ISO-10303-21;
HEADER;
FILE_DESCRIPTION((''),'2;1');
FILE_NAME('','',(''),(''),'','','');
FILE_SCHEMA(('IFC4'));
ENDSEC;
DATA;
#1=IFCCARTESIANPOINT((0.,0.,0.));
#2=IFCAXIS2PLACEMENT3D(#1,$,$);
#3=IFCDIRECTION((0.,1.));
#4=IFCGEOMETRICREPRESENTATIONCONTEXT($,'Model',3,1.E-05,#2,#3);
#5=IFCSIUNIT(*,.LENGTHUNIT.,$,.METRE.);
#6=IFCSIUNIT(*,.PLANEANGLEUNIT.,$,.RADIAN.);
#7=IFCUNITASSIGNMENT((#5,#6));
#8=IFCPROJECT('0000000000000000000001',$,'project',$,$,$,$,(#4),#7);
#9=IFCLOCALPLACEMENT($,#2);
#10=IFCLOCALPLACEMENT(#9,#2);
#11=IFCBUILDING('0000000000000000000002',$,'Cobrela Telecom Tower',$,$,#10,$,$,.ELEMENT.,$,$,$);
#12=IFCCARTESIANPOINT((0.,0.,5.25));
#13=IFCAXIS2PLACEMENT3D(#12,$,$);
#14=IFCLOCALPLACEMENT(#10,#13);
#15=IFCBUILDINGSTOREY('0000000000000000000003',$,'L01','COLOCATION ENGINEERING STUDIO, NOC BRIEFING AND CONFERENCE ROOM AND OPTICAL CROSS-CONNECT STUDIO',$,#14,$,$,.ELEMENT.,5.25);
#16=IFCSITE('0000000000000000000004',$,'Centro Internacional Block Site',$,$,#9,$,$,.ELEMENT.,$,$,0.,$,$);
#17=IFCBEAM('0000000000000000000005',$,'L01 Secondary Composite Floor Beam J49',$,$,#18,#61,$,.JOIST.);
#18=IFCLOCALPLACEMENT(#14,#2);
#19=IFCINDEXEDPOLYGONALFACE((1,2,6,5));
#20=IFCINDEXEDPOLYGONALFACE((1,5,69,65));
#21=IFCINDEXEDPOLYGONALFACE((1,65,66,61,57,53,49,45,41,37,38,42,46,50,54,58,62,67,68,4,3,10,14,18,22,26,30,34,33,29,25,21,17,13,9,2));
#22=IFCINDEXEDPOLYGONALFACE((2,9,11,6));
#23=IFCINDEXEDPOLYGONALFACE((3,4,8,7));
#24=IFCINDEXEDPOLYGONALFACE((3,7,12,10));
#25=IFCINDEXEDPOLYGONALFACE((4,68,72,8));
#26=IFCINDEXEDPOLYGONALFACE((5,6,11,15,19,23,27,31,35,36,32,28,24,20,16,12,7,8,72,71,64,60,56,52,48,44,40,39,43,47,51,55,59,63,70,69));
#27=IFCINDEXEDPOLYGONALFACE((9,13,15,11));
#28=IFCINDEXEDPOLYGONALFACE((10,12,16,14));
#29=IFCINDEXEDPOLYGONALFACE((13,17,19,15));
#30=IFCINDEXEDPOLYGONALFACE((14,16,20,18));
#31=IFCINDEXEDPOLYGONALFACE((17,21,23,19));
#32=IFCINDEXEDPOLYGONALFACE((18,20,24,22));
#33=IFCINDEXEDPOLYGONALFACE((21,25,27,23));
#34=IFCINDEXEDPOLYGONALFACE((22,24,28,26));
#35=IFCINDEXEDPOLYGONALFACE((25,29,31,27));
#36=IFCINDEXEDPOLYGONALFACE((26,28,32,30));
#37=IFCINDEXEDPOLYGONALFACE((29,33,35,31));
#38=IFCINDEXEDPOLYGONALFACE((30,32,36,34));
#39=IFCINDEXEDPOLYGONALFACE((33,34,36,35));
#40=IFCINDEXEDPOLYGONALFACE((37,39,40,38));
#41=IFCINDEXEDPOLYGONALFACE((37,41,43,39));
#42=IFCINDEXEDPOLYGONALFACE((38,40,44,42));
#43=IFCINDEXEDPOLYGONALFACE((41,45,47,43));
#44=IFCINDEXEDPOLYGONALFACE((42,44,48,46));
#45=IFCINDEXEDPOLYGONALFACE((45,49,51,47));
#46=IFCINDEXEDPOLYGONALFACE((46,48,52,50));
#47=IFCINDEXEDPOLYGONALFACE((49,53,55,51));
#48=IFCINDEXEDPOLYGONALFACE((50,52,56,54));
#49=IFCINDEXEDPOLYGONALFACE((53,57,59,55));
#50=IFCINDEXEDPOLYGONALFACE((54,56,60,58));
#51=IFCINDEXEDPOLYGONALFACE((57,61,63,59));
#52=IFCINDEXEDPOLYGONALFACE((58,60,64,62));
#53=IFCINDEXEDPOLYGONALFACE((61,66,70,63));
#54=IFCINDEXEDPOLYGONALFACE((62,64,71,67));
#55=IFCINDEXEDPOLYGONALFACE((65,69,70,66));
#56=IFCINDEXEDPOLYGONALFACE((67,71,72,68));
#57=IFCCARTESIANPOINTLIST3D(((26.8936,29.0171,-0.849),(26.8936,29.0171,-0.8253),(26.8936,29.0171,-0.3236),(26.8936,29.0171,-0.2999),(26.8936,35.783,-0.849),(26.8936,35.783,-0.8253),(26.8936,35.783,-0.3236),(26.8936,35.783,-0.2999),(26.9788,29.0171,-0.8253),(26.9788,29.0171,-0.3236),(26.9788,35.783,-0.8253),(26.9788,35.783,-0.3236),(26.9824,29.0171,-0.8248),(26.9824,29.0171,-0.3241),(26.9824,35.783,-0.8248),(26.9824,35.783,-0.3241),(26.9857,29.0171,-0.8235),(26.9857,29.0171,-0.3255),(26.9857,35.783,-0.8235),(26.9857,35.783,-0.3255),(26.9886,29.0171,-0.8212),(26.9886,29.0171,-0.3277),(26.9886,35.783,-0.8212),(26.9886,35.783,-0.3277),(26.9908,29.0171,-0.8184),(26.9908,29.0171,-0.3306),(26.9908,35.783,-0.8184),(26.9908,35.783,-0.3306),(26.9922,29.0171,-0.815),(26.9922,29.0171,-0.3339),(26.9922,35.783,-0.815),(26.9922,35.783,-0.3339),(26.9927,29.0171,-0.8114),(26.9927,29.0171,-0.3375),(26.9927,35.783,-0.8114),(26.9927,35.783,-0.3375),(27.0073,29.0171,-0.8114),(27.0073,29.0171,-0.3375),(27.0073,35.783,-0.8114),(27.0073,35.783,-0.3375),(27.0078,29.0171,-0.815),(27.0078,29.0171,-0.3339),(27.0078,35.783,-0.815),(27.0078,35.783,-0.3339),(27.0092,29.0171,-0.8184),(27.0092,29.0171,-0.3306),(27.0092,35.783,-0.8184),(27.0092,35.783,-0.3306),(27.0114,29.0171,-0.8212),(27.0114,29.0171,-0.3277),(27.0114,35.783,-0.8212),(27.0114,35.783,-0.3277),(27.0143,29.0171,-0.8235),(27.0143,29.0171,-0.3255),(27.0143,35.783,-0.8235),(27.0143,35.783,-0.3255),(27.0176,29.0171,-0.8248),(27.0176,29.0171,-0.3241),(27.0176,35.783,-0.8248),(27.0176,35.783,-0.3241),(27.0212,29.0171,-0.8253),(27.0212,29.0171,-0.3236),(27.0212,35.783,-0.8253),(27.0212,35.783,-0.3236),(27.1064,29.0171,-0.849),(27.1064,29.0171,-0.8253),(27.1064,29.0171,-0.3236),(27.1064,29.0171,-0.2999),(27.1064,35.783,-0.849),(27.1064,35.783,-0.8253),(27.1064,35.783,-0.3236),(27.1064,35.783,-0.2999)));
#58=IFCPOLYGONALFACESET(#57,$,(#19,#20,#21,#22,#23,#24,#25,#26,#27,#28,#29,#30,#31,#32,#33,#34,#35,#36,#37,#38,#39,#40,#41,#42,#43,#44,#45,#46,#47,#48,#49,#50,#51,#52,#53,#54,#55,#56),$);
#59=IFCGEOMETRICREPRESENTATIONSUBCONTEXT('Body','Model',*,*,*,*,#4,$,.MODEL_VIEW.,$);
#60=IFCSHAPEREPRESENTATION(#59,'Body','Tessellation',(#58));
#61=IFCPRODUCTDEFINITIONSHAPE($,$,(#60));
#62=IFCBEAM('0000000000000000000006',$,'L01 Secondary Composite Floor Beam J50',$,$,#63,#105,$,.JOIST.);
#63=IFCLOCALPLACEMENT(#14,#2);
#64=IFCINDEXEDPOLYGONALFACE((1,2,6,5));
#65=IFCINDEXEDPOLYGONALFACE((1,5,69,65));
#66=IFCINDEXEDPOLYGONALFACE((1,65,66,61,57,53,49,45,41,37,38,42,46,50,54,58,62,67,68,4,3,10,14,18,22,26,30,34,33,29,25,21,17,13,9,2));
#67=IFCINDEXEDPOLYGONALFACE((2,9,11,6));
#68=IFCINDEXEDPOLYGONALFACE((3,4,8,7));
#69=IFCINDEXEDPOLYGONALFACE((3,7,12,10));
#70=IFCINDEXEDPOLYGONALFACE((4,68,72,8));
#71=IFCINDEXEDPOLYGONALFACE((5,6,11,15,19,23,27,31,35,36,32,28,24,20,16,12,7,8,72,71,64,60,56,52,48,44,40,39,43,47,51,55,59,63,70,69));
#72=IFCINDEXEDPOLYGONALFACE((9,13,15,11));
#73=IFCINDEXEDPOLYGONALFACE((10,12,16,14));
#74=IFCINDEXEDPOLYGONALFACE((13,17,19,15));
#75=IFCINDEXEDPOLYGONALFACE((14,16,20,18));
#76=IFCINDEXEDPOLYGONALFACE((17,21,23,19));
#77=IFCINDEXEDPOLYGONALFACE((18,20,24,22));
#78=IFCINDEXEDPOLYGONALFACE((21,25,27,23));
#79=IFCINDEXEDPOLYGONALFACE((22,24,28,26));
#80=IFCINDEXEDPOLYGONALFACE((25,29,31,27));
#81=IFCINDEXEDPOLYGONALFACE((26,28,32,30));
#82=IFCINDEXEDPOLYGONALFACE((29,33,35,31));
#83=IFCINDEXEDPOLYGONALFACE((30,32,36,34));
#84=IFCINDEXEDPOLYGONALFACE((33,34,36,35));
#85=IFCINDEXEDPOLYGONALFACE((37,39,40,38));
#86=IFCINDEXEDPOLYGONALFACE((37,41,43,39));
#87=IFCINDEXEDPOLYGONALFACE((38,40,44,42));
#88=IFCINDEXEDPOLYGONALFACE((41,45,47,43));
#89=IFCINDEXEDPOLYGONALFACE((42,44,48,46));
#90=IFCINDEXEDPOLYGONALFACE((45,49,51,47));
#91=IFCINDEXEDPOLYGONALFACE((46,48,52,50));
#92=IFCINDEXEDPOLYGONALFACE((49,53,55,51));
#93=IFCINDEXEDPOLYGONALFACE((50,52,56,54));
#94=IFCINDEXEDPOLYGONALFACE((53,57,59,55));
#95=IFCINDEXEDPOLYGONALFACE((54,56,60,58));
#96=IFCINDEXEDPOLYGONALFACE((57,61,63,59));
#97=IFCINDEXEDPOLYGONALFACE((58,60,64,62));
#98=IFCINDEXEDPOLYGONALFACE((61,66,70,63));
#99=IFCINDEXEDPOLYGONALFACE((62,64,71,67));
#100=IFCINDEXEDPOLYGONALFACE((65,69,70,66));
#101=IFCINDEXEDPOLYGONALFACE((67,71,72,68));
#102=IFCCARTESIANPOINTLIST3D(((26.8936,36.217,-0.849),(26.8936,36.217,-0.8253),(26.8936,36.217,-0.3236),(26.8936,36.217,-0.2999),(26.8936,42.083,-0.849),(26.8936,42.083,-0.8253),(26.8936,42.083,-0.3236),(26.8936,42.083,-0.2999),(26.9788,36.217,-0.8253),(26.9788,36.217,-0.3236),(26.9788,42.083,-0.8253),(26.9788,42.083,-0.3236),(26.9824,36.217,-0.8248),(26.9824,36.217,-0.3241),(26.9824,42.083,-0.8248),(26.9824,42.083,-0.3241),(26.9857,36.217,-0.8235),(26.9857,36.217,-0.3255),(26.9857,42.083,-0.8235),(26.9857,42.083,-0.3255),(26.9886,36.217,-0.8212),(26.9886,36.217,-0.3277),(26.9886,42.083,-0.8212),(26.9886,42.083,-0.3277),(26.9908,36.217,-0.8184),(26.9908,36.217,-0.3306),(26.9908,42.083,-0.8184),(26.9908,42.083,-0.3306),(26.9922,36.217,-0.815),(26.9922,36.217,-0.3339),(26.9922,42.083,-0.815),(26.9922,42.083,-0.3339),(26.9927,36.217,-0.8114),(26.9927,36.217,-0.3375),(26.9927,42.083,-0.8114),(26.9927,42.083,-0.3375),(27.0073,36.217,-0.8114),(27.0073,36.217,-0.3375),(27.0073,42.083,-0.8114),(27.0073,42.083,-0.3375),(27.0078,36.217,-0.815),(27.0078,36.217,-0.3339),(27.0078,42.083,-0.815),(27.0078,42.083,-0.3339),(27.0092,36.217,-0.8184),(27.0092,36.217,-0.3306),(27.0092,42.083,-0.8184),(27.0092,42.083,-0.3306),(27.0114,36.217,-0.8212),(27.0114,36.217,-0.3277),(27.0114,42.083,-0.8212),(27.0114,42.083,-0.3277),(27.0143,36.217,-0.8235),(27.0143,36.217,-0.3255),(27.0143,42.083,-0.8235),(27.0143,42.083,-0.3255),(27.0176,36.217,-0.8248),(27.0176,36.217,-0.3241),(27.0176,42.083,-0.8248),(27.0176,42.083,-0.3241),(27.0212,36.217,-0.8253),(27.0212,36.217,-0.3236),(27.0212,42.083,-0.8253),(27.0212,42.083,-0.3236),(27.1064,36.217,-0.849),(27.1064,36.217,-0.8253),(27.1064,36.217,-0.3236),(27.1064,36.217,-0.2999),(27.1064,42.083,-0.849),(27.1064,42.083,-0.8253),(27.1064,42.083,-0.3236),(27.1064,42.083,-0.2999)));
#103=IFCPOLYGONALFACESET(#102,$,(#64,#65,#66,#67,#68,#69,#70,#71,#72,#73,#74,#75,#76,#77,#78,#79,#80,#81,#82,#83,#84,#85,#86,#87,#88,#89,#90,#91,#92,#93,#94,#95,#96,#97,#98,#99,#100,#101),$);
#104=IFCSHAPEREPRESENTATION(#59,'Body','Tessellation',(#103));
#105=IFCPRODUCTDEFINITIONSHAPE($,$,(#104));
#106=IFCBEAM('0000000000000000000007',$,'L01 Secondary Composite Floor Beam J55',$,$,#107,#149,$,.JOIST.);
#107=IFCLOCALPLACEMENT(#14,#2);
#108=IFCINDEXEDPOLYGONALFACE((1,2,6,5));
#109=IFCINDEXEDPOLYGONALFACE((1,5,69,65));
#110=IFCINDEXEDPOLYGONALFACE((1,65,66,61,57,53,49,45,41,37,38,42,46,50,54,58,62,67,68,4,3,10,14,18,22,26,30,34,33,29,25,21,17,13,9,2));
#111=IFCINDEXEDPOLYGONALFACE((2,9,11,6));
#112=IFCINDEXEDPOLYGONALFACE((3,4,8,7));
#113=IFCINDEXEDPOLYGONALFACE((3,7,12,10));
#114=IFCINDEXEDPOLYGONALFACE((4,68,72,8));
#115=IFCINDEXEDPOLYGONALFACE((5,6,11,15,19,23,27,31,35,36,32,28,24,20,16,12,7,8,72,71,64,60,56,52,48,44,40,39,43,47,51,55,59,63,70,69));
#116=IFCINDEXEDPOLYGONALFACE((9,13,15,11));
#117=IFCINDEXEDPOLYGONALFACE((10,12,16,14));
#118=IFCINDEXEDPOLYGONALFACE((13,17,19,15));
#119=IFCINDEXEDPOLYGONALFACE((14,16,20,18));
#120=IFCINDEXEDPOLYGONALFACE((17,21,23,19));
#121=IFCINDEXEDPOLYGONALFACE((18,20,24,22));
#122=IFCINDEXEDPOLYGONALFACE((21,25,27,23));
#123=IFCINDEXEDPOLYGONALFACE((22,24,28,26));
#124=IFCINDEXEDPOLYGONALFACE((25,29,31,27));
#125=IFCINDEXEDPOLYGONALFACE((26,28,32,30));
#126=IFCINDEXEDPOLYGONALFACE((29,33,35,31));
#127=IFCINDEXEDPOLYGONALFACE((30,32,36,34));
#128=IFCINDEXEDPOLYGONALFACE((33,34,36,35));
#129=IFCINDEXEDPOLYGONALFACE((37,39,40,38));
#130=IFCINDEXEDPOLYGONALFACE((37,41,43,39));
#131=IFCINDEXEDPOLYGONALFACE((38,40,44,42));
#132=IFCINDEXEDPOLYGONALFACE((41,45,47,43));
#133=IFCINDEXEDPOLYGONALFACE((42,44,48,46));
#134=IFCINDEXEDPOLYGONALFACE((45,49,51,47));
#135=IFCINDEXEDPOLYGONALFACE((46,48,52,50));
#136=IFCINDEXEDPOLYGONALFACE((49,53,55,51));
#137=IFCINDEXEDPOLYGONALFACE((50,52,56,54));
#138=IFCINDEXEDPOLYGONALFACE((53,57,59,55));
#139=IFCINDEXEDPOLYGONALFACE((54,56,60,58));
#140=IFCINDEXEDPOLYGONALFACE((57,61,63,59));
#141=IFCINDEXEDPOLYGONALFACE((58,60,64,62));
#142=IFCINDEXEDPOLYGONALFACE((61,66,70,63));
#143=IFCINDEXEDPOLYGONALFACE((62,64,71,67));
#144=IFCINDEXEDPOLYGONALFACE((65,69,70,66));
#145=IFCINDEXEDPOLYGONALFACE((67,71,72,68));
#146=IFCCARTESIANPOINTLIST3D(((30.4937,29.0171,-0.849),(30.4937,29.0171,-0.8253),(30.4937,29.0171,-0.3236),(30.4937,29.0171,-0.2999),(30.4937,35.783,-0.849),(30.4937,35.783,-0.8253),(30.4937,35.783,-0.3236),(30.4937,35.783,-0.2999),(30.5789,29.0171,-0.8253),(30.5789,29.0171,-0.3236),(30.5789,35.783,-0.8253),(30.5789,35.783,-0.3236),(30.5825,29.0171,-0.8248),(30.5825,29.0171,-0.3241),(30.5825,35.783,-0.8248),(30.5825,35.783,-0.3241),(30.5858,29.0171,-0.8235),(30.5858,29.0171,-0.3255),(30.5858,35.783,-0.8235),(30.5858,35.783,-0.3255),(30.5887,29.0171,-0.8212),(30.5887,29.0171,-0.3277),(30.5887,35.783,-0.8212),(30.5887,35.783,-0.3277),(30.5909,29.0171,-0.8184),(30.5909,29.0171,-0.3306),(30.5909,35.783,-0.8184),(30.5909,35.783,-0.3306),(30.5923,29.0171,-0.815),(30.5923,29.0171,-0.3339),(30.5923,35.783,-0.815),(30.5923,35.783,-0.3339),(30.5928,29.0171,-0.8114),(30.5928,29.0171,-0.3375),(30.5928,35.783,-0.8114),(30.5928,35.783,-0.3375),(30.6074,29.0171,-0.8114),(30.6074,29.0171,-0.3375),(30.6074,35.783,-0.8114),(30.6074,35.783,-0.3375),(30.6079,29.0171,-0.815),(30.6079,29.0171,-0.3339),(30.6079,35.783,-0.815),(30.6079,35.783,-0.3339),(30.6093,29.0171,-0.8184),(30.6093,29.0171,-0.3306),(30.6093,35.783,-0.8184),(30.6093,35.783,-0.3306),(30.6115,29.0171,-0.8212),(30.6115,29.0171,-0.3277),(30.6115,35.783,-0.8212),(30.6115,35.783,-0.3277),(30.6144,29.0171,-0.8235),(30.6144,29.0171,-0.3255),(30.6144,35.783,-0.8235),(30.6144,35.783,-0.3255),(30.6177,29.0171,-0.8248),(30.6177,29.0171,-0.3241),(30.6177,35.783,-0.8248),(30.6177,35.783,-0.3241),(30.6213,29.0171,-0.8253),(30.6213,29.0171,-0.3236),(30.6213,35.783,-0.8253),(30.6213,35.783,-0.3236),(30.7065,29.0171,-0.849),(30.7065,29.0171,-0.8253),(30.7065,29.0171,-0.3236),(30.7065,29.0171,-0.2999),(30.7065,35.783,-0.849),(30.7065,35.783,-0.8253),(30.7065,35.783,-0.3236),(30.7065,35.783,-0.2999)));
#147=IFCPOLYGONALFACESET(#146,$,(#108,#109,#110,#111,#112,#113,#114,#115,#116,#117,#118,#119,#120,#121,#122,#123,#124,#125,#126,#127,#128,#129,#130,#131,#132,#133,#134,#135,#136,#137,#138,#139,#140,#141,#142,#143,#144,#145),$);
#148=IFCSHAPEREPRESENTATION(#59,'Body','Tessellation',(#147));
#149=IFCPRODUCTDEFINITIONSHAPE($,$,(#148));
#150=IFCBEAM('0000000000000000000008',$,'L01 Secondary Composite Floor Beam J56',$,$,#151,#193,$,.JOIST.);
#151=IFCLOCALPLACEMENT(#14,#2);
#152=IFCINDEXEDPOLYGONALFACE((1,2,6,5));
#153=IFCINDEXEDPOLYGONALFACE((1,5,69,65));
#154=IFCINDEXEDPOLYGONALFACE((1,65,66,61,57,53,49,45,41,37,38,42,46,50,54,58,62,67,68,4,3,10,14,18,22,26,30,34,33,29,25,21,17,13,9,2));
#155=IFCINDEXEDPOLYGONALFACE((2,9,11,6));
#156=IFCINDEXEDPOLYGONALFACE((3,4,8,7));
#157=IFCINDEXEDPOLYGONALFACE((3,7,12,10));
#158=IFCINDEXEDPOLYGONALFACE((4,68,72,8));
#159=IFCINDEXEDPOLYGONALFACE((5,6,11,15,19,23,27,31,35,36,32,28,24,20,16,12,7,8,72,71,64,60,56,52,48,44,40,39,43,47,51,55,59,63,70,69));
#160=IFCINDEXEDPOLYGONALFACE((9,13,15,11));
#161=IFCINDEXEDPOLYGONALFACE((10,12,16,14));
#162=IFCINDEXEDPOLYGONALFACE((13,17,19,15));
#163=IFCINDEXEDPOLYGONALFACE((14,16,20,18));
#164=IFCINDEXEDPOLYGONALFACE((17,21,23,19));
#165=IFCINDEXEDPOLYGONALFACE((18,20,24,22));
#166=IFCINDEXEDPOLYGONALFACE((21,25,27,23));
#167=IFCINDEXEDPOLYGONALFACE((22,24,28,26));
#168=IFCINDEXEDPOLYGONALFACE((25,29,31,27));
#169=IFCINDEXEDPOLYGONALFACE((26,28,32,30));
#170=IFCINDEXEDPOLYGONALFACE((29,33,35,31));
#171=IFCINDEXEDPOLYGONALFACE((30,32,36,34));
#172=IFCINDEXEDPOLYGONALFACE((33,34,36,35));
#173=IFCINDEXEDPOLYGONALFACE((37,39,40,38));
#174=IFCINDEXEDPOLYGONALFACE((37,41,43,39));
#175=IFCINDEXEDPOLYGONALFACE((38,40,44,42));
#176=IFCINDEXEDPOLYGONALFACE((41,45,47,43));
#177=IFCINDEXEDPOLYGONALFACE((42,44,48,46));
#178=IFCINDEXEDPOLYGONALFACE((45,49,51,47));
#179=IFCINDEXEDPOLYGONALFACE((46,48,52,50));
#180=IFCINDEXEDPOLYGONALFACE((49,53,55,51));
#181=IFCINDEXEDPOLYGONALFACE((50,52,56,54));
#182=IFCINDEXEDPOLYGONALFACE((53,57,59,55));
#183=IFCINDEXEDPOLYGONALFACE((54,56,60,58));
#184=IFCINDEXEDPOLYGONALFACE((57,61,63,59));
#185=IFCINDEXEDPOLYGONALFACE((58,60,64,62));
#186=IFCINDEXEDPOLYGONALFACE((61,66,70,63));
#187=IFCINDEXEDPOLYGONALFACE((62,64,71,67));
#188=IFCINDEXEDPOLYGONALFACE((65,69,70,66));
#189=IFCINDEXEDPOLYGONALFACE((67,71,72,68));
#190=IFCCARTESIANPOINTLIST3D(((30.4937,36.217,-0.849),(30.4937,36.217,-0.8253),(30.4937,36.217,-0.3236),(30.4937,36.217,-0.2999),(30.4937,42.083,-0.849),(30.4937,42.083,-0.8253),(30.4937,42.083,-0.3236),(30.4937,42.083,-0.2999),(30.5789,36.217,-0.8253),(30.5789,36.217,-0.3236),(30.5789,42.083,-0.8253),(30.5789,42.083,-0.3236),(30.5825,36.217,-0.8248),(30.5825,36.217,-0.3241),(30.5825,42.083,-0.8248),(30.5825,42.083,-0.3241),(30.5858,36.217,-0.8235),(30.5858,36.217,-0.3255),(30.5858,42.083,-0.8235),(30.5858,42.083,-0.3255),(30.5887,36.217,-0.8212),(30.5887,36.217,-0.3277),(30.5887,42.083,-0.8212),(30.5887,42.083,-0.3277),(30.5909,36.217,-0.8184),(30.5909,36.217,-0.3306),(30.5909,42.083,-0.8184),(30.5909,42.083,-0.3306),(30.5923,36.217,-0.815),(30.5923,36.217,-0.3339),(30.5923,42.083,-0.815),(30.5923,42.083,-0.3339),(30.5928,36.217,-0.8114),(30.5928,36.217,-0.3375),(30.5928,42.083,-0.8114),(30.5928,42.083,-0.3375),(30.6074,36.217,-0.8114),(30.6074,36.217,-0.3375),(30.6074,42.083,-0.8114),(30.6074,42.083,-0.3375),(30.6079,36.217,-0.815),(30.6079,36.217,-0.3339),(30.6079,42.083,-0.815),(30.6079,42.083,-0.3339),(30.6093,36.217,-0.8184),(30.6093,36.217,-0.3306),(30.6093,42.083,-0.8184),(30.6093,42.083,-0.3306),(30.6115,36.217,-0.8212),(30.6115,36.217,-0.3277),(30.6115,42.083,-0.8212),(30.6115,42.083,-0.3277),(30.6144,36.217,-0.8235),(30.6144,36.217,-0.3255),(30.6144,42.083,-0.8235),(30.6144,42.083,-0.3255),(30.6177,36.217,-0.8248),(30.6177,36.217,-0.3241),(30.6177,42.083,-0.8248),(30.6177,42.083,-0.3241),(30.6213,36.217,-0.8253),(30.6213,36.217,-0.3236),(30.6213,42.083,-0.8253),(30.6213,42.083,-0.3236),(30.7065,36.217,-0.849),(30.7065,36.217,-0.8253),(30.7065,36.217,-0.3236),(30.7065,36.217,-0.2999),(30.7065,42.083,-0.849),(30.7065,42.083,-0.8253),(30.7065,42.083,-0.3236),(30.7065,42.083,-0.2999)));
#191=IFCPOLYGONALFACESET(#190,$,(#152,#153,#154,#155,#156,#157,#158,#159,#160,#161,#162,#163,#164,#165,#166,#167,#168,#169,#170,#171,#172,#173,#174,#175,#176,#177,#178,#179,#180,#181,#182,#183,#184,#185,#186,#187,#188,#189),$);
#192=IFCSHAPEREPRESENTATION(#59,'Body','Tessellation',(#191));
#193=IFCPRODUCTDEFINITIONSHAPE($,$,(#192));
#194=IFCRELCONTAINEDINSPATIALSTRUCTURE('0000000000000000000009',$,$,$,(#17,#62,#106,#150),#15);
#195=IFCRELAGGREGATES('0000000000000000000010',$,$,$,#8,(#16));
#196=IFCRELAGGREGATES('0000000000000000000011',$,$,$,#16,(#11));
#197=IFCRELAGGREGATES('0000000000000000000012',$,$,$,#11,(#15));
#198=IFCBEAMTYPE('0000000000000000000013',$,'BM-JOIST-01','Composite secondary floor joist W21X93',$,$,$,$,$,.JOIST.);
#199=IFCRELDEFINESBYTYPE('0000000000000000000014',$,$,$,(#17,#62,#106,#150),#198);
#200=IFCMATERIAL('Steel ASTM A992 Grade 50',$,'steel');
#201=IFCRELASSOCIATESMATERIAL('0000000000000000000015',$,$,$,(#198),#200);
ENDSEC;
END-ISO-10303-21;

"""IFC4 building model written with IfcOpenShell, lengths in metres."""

from ifc_helpers import new_model, si_unit, direction, frame, origin, origin_2d, place, context, subcontext, project, spatial, i_section, extrude, material, material_profile, profile_set, type_object, element, save


model = new_model("IFC4")

# Units and contexts
model_context = context("Model", 3, precision=1e-05, world=origin(), true_north=direction((0.0, 1.0)))
body_context = subcontext(model_context, "Body", "Model", "MODEL_VIEW")
ifc_project = project(units=[si_unit("LENGTHUNIT", "METRE"), si_unit("PLANEANGLEUNIT", "RADIAN")], contexts=[model_context])

# Site, building, storey
site_placement = place(None, origin())
site = spatial("IfcSite", under=ifc_project, at=site_placement, Name="Centro Internacional Block Site", CompositionType="ELEMENT", RefElevation=0.0)
building_placement = place(site_placement, origin())
building = spatial("IfcBuilding", under=site, at=building_placement, Name="Cobrela Telecom Tower", CompositionType="ELEMENT")
storey_placement = place(building_placement, frame((0.0, 0.0, 5.25)))
storey = spatial("IfcBuildingStorey", under=building, at=storey_placement, Name="L01", Description="COLOCATION ENGINEERING STUDIO, NOC BRIEFING AND CONFERENCE ROOM AND OPTICAL CROSS-CONNECT STUDIO", CompositionType="ELEMENT", Elevation=5.25)

# Beams
ifc_material_1 = material(Name="Steel ASTM A992 Grade 50", Category="steel")
ifc_material_profile_1 = material_profile(ifc_material_1, i_section(OverallWidth=0.2129, OverallDepth=0.5491, WebThickness=0.0146, FlangeThickness=0.0237, FilletRadius=0.0139, at=origin_2d()), Name="W21X93")
ifc_profile_set_1 = profile_set([ifc_material_profile_1], Name="Steel ASTM A992 Grade 50")
beam_type_1 = type_object("IfcBeamType", Name="BM-JOIST-01", Description="Composite secondary floor joist W21X93", PredefinedType="JOIST", material=ifc_profile_set_1)
for number, where, z_axis, x_axis, name in (
    (1, (27.0, 29.0171, -0.5745), (0.0, 1.0, 0.0), (-1.0, 0.0, 0.0), "L01 Secondary Composite Floor Beam J49"),
):
    element("IfcBeam", number, at=place(storey_placement, frame(where, z_axis=z_axis, x_axis=x_axis)), inside=storey, type_object=beam_type_1, Name=name, PredefinedType="JOIST", context=body_context, shape_type="SweptSolid", body=[
        extrude(i_section(OverallWidth=0.2129, OverallDepth=0.5491, WebThickness=0.0146, FlangeThickness=0.0237, FilletRadius=0.0139, at=origin_2d()), origin(), (0.0, 0.0, 1.0), 6.7659),
    ])
beam_1_placement = place(storey_placement, frame((27.0, 36.217, -0.5745), z_axis=(0.0, 1.0, 0.0), x_axis=(-1.0, 0.0, 0.0)))
element("IfcBeam", 2, at=beam_1_placement, inside=storey, type_object=beam_type_1, Name="L01 Secondary Composite Floor Beam J50", PredefinedType="JOIST", context=body_context, shape_type="SweptSolid", body=[
    extrude(i_section(OverallWidth=0.2129, OverallDepth=0.5491, WebThickness=0.0146, FlangeThickness=0.0237, FilletRadius=0.0139, at=origin_2d()), origin(), (0.0, 0.0, 1.0), 5.866),
])
beam_2_placement = place(storey_placement, frame((30.6001, 29.0171, -0.5745), z_axis=(0.0, 1.0, 0.0), x_axis=(-1.0, 0.0, 0.0)))
element("IfcBeam", 3, at=beam_2_placement, inside=storey, type_object=beam_type_1, Name="L01 Secondary Composite Floor Beam J55", PredefinedType="JOIST", context=body_context, shape_type="SweptSolid", body=[
    extrude(i_section(OverallWidth=0.2129, OverallDepth=0.5491, WebThickness=0.0146, FlangeThickness=0.0237, FilletRadius=0.0139, at=origin_2d()), origin(), (0.0, 0.0, 1.0), 6.7659),
])
beam_3_placement = place(storey_placement, frame((30.6001, 36.217, -0.5745), z_axis=(0.0, 1.0, 0.0), x_axis=(-1.0, 0.0, 0.0)))
element("IfcBeam", 4, at=beam_3_placement, inside=storey, type_object=beam_type_1, Name="L01 Secondary Composite Floor Beam J56", PredefinedType="JOIST", context=body_context, shape_type="SweptSolid", body=[
    extrude(i_section(OverallWidth=0.2129, OverallDepth=0.5491, WebThickness=0.0146, FlangeThickness=0.0237, FilletRadius=0.0139, at=origin_2d()), origin(), (0.0, 0.0, 1.0), 5.866),
])

save(model, "model.ifc")
